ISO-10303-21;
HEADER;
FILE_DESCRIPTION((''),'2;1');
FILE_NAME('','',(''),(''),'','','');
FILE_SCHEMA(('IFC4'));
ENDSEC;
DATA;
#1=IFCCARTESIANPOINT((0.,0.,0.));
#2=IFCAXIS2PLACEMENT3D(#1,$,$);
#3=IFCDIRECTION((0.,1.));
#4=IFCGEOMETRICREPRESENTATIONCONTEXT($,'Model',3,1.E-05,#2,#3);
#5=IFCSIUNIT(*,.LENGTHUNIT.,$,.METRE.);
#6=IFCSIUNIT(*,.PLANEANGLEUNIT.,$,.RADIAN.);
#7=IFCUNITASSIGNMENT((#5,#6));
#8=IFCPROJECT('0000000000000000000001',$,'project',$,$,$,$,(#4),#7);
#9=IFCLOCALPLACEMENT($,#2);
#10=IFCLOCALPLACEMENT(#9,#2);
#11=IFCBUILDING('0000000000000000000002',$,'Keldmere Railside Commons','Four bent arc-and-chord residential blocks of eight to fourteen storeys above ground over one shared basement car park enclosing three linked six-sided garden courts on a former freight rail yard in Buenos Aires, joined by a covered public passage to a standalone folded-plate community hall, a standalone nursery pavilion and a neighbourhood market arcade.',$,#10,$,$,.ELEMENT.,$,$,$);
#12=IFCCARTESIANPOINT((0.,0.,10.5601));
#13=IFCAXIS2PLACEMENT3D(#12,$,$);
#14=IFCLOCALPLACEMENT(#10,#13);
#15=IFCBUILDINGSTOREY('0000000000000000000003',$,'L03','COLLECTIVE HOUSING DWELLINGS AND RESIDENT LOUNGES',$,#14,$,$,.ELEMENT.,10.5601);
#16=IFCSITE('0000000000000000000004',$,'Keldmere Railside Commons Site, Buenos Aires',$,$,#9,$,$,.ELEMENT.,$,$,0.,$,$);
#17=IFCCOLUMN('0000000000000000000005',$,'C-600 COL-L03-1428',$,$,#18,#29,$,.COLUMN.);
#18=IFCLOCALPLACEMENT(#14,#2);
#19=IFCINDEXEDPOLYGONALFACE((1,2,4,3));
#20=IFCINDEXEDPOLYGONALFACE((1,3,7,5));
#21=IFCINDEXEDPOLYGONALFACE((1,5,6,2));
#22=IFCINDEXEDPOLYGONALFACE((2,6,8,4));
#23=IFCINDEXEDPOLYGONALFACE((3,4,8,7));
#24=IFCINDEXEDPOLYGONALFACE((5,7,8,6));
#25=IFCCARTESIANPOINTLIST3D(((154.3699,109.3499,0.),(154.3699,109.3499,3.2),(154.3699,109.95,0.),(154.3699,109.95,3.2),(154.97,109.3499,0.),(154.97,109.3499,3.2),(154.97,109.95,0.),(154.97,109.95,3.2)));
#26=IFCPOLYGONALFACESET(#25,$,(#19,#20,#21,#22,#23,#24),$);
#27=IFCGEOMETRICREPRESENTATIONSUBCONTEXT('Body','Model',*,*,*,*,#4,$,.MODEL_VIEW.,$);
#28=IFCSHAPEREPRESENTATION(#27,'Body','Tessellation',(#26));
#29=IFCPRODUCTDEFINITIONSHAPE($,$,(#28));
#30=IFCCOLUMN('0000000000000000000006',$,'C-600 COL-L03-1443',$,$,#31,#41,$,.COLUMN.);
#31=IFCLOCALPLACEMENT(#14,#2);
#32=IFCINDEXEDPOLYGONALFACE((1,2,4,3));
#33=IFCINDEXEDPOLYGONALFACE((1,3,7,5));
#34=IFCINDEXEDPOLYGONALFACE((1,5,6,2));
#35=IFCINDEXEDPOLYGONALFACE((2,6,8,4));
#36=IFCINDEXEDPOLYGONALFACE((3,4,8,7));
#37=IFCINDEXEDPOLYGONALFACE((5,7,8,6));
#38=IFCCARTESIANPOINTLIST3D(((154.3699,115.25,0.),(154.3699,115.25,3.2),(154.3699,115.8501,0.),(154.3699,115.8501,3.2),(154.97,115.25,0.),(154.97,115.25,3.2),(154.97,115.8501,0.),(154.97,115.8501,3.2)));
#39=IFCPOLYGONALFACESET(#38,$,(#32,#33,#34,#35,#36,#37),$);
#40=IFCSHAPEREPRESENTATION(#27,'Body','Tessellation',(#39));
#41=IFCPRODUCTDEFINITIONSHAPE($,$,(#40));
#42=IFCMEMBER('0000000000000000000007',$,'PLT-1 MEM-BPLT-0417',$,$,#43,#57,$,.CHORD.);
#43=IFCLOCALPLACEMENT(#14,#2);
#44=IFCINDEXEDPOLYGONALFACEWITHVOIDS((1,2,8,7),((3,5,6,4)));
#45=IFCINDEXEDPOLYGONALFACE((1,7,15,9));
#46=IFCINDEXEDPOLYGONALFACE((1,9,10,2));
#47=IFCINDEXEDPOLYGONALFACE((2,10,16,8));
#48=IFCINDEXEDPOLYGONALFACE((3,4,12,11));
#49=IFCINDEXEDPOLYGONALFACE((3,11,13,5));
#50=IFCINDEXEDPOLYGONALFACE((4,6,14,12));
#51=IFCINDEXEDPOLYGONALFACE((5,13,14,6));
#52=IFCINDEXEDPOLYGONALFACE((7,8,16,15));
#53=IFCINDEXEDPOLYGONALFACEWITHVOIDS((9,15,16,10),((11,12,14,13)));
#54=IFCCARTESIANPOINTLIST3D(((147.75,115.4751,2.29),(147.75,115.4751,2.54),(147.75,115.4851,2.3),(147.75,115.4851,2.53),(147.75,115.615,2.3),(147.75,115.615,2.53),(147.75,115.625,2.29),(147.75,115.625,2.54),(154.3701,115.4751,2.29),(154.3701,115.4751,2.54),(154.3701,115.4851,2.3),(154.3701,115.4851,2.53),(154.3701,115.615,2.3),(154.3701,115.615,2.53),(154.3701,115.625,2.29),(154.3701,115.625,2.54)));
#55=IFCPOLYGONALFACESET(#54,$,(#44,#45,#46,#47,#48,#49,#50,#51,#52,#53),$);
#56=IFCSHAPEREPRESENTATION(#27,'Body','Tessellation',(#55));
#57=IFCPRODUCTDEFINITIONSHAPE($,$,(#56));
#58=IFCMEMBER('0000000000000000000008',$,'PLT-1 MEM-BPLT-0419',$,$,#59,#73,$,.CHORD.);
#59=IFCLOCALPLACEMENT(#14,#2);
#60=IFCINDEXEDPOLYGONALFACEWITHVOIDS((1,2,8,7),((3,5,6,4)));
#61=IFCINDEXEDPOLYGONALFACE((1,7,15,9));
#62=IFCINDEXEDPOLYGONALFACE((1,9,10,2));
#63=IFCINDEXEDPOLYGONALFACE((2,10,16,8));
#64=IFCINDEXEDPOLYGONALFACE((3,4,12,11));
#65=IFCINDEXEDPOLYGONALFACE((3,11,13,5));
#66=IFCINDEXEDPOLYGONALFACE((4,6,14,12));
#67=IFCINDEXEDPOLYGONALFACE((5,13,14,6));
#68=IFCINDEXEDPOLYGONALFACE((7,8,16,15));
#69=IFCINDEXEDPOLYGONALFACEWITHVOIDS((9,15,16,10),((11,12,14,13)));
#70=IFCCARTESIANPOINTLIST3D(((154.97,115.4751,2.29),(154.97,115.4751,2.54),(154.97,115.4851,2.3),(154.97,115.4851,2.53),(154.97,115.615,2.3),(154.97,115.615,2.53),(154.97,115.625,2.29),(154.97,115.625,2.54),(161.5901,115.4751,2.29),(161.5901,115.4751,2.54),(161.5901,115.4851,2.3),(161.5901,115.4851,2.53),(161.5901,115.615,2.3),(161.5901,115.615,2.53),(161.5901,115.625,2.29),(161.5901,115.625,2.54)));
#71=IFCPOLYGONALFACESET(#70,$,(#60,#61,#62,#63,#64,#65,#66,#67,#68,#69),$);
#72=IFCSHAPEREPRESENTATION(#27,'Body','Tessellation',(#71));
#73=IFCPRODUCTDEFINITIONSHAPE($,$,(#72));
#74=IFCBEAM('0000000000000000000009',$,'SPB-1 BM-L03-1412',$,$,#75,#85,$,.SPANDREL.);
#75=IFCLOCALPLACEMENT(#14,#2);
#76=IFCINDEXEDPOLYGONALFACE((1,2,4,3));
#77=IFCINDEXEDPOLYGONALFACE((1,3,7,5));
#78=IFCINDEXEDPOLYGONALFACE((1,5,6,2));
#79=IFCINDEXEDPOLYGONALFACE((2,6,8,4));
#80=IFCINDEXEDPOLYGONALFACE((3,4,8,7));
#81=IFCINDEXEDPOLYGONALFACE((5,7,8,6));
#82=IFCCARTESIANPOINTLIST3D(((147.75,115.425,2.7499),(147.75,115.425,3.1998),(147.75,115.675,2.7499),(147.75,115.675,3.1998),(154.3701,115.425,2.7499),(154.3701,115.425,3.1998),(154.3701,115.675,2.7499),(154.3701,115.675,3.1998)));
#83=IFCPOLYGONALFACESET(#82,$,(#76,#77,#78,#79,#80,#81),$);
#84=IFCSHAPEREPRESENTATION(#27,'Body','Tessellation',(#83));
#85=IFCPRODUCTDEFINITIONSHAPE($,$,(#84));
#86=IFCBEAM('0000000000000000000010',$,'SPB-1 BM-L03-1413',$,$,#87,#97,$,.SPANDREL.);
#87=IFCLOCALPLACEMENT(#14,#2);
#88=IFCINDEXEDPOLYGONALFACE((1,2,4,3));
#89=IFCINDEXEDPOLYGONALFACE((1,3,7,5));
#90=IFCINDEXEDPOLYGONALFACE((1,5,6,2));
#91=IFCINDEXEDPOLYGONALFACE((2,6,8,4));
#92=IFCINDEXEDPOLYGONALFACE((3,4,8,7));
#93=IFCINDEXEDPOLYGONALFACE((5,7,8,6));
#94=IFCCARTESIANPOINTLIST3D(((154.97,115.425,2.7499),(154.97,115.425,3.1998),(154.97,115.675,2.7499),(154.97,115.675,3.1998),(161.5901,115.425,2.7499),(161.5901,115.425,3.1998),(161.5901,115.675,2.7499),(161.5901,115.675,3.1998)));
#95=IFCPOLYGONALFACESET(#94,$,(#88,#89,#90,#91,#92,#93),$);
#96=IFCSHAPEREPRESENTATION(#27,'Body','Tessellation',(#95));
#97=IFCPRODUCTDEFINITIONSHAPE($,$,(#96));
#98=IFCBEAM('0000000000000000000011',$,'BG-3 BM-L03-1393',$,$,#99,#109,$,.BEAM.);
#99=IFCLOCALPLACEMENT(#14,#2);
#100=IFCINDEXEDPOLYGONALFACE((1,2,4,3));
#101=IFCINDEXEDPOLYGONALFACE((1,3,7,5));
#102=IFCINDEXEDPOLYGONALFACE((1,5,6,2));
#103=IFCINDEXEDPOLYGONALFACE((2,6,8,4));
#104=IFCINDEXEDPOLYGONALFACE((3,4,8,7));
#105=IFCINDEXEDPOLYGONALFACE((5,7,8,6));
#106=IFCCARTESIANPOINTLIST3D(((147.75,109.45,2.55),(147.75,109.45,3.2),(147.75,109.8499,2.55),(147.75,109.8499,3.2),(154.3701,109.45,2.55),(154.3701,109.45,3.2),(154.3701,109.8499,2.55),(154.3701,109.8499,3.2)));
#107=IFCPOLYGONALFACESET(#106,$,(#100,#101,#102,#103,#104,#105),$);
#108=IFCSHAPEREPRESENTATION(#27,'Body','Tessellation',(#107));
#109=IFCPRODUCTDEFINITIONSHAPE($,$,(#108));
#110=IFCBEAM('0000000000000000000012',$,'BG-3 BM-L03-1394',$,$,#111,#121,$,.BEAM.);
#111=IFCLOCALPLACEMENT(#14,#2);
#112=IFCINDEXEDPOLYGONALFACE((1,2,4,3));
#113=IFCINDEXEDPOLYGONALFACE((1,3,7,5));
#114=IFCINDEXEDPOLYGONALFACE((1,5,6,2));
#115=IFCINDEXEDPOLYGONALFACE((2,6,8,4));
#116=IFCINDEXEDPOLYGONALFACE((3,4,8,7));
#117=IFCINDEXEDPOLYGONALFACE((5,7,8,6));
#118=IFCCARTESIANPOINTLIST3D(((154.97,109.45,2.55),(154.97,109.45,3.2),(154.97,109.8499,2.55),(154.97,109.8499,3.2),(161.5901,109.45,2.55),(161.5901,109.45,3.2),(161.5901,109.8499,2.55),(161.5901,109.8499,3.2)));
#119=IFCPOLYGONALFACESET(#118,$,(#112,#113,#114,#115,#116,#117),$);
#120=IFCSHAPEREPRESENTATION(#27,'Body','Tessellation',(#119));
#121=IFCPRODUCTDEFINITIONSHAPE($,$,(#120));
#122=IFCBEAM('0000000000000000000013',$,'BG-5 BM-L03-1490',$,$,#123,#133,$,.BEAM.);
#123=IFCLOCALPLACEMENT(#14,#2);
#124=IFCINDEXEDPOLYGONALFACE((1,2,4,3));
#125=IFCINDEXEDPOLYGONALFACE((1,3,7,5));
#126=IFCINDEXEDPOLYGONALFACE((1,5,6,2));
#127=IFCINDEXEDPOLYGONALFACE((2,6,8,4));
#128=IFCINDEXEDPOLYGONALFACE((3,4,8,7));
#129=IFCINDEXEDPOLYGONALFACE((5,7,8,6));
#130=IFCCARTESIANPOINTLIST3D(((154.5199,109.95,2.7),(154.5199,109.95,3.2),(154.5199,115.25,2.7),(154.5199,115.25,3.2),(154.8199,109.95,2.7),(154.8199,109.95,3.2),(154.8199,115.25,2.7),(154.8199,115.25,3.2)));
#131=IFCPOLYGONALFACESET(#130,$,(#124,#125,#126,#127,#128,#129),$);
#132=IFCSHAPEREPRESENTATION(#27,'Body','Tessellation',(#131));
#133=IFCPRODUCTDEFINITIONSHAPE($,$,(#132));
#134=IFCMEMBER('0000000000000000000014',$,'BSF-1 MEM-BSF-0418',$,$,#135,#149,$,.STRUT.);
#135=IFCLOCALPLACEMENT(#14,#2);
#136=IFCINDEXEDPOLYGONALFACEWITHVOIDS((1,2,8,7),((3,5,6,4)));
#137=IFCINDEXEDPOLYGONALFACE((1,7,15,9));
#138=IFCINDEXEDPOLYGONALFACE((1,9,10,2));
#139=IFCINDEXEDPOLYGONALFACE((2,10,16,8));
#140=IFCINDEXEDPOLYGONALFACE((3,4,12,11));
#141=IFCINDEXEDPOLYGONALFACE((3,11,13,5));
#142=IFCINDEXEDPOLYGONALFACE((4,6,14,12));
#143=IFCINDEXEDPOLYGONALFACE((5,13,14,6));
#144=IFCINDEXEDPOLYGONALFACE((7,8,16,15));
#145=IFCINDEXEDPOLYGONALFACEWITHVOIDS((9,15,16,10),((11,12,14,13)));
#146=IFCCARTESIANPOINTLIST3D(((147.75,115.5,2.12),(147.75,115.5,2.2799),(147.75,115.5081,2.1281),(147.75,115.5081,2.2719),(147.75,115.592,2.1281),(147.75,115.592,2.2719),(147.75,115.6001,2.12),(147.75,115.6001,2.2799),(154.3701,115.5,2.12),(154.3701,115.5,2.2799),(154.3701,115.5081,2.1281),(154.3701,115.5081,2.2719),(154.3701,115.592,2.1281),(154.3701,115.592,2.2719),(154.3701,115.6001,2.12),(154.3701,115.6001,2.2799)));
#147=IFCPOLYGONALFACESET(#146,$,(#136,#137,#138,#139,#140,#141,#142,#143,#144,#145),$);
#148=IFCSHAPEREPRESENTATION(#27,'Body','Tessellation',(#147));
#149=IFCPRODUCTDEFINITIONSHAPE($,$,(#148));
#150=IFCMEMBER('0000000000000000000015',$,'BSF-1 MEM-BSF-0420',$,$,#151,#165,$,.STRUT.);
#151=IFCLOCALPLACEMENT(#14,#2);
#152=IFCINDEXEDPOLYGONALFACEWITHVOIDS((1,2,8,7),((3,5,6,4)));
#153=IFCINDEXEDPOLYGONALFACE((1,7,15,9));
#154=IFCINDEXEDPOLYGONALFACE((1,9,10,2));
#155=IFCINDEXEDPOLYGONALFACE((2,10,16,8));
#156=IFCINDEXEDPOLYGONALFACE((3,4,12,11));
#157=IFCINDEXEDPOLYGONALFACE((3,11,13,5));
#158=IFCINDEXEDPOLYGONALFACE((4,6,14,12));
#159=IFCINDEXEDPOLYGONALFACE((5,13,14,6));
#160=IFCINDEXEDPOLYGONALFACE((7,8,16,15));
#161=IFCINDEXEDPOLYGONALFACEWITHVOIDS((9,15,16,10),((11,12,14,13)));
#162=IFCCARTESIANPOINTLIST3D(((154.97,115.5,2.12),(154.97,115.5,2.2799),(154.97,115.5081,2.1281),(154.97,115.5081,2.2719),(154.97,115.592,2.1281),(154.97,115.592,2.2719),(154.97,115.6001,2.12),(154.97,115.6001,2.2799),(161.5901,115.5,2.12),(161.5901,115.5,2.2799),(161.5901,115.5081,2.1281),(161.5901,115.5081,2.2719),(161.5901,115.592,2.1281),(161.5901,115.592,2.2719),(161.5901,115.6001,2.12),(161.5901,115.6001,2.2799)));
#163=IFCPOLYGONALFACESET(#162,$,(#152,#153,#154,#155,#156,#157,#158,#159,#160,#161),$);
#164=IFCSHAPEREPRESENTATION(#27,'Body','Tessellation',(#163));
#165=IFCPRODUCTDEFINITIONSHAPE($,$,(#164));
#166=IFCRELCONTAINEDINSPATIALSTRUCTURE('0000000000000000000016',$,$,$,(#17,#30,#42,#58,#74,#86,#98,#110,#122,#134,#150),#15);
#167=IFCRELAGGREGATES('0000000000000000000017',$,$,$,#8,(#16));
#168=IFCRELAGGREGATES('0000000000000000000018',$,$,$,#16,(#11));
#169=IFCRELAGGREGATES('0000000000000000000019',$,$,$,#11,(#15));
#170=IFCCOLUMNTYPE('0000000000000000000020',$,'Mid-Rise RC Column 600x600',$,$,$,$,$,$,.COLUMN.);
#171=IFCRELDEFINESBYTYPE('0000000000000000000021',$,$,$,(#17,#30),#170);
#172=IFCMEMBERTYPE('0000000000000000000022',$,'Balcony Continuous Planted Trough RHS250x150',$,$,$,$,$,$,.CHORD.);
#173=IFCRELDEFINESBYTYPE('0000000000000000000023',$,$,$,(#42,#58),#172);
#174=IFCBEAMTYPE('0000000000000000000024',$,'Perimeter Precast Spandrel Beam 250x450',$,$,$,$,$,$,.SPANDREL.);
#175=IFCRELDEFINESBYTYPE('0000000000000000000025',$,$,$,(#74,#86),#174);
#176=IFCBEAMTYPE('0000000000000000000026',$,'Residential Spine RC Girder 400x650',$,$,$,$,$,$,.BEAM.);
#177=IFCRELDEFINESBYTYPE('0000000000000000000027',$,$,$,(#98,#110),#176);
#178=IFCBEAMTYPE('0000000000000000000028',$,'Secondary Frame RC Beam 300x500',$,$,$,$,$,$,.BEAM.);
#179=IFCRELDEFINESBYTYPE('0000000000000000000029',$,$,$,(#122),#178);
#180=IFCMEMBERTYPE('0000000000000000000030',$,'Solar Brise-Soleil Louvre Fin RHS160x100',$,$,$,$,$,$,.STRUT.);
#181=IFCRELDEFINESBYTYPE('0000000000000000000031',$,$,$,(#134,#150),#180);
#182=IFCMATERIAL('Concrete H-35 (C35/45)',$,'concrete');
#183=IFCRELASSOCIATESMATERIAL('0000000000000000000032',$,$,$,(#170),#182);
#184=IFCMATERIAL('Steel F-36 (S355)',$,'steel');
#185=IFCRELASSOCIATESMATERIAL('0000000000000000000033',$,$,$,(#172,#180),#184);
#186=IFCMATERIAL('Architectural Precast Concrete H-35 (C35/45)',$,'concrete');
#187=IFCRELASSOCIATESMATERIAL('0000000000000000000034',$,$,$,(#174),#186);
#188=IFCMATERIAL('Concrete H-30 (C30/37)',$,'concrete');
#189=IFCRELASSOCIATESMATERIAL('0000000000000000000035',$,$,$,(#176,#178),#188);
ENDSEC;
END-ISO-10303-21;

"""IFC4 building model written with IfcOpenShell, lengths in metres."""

from ifc_helpers import new_model, si_unit, direction, frame, origin, origin_2d, place, context, subcontext, project, spatial, rectangle, hollow_rectangle, extrude, material, material_profile, profile_set, type_object, element, save


model = new_model("IFC4")

# Units and contexts
model_context = context("Model", 3, precision=1e-05, world=origin(), true_north=direction((0.0, 1.0)))
body_context = subcontext(model_context, "Body", "Model", "MODEL_VIEW")
ifc_project = project(units=[si_unit("LENGTHUNIT", "METRE"), si_unit("PLANEANGLEUNIT", "RADIAN")], contexts=[model_context])

# Site, building, storey
site_placement = place(None, origin())
site = spatial("IfcSite", under=ifc_project, at=site_placement, Name="Keldmere Railside Commons Site, Buenos Aires", CompositionType="ELEMENT", RefElevation=0.0)
building_placement = place(site_placement, origin())
building = spatial("IfcBuilding", under=site, at=building_placement, Name="Keldmere Railside Commons", Description="Four bent arc-and-chord residential blocks of eight to fourteen storeys above ground over one shared basement car park enclosing three linked six-sided garden courts on a former freight rail yard in Buenos Aires, joined by a covered public passage to a standalone folded-plate community hall, a standalone nursery pavilion and a neighbourhood market arcade.", CompositionType="ELEMENT")
storey_placement = place(building_placement, frame((0.0, 0.0, 10.5601)))
storey = spatial("IfcBuildingStorey", under=building, at=storey_placement, Name="L03", Description="COLLECTIVE HOUSING DWELLINGS AND RESIDENT LOUNGES", CompositionType="ELEMENT", Elevation=10.5601)

# Columns
ifc_material_1 = material(Name="Concrete H-35 (C35/45)", Category="concrete")
ifc_material_profile_1 = material_profile(ifc_material_1, rectangle(XDim=0.6001, YDim=0.6001, at=origin_2d()), Name="RC-600x600")
ifc_profile_set_1 = profile_set([ifc_material_profile_1], Name="Concrete H-35 (C35/45)")
column_type = type_object("IfcColumnType", Name="Mid-Rise RC Column 600x600", PredefinedType="COLUMN", material=ifc_profile_set_1)
for number, where, z_axis, x_axis, name in (
    (1, (154.6699, 109.6499, 0.0), (0.0, 0.0, 1.0), (1.0, 0.0, 0.0), "C-600 COL-L03-1428"),
    (2, (154.6699, 115.55, 0.0), (0.0, 0.0, 1.0), (1.0, 0.0, 0.0), "C-600 COL-L03-1443"),
):
    element("IfcColumn", number, at=place(storey_placement, frame(where, z_axis=z_axis, x_axis=x_axis)), inside=storey, type_object=column_type, Name=name, PredefinedType="COLUMN", context=body_context, shape_type="SweptSolid", body=[
        extrude(rectangle(XDim=0.6001, YDim=0.6001, at=origin_2d()), origin(), (0.0, 0.0, 1.0), 3.2),
    ])

# Members
ifc_material_2 = material(Name="Steel F-36 (S355)", Category="steel")
ifc_material_profile_2 = material_profile(ifc_material_2, hollow_rectangle(XDim=0.1499, YDim=0.25, WallThickness=0.01, at=origin_2d()), Name="RHS-250x150x10")
ifc_profile_set_2 = profile_set([ifc_material_profile_2], Name="Steel F-36 (S355)")
member_type_1 = type_object("IfcMemberType", Name="Balcony Continuous Planted Trough RHS250x150", PredefinedType="CHORD", material=ifc_profile_set_2)
for number, where, z_axis, x_axis, name in (
    (3, (147.75, 115.55, 2.415), (1.0, 0.0, 0.0), (0.0, 1.0, 0.0), "PLT-1 MEM-BPLT-0417"),
    (4, (154.97, 115.55, 2.415), (1.0, 0.0, 0.0), (0.0, 1.0, 0.0), "PLT-1 MEM-BPLT-0419"),
):
    element("IfcMember", number, at=place(storey_placement, frame(where, z_axis=z_axis, x_axis=x_axis)), inside=storey, type_object=member_type_1, Name=name, PredefinedType="CHORD", context=body_context, shape_type="SweptSolid", body=[
        extrude(hollow_rectangle(XDim=0.1499, YDim=0.25, WallThickness=0.01, at=origin_2d()), origin(), (0.0, 0.0, 1.0), 6.6201),
    ])

# Beams
ifc_material_3 = material(Name="Architectural Precast Concrete H-35 (C35/45)", Category="concrete")
ifc_material_profile_3 = material_profile(ifc_material_3, rectangle(XDim=0.25, YDim=0.45, at=origin_2d()), Name="RC-250x450")
ifc_profile_set_3 = profile_set([ifc_material_profile_3], Name="Architectural Precast Concrete H-35 (C35/45)")
beam_type_1 = type_object("IfcBeamType", Name="Perimeter Precast Spandrel Beam 250x450", PredefinedType="SPANDREL", material=ifc_profile_set_3)
for number, where, z_axis, x_axis, name in (
    (5, (147.75, 115.55, 2.9749), (1.0, 0.0, 0.0), (0.0, 1.0, 0.0), "SPB-1 BM-L03-1412"),
    (6, (154.97, 115.55, 2.9749), (1.0, 0.0, 0.0), (0.0, 1.0, 0.0), "SPB-1 BM-L03-1413"),
):
    element("IfcBeam", number, at=place(storey_placement, frame(where, z_axis=z_axis, x_axis=x_axis)), inside=storey, type_object=beam_type_1, Name=name, PredefinedType="SPANDREL", context=body_context, shape_type="SweptSolid", body=[
        extrude(rectangle(XDim=0.25, YDim=0.45, at=origin_2d()), origin(), (0.0, 0.0, 1.0), 6.6201),
    ])
ifc_material_4 = material(Name="Concrete H-30 (C30/37)", Category="concrete")
ifc_material_profile_4 = material_profile(ifc_material_4, rectangle(XDim=0.3999, YDim=0.6499, at=origin_2d()), Name="RC-400x650")
ifc_profile_set_4 = profile_set([ifc_material_profile_4], Name="Concrete H-30 (C30/37)")
beam_type_2 = type_object("IfcBeamType", Name="Residential Spine RC Girder 400x650", PredefinedType="BEAM", material=ifc_profile_set_4)
for number, where, z_axis, x_axis, name in (
    (7, (147.75, 109.6499, 2.875), (1.0, 0.0, 0.0), (0.0, 1.0, 0.0), "BG-3 BM-L03-1393"),
    (8, (154.97, 109.6499, 2.875), (1.0, 0.0, 0.0), (0.0, 1.0, 0.0), "BG-3 BM-L03-1394"),
):
    element("IfcBeam", number, at=place(storey_placement, frame(where, z_axis=z_axis, x_axis=x_axis)), inside=storey, type_object=beam_type_2, Name=name, PredefinedType="BEAM", context=body_context, shape_type="SweptSolid", body=[
        extrude(rectangle(XDim=0.3999, YDim=0.6499, at=origin_2d()), origin(), (0.0, 0.0, 1.0), 6.6201),
    ])
ifc_material_profile_5 = material_profile(ifc_material_4, rectangle(XDim=0.3, YDim=0.5, at=origin_2d()), Name="RC-300x500")
ifc_profile_set_5 = profile_set([ifc_material_profile_5], Name="Concrete H-30 (C30/37)")
beam_type_3 = type_object("IfcBeamType", Name="Secondary Frame RC Beam 300x500", PredefinedType="BEAM", material=ifc_profile_set_5)
beam_placement = place(storey_placement, frame((154.6699, 109.95, 2.95), z_axis=(0.0, 1.0, 0.0), x_axis=(-1.0, 0.0, 0.0)))
element("IfcBeam", 9, at=beam_placement, inside=storey, type_object=beam_type_3, Name="BG-5 BM-L03-1490", PredefinedType="BEAM", context=body_context, shape_type="SweptSolid", body=[
    extrude(rectangle(XDim=0.3, YDim=0.5, at=origin_2d()), origin(), (0.0, 0.0, 1.0), 5.3),
])

# Members
ifc_material_profile_6 = material_profile(ifc_material_2, hollow_rectangle(XDim=0.1001, YDim=0.1599, WallThickness=0.0081, at=origin_2d()), Name="RHS-160x100x8")
ifc_profile_set_6 = profile_set([ifc_material_profile_6], Name="Steel F-36 (S355)")
member_type_2 = type_object("IfcMemberType", Name="Solar Brise-Soleil Louvre Fin RHS160x100", PredefinedType="STRUT", material=ifc_profile_set_6)
for number, where, z_axis, x_axis, name in (
    (10, (147.75, 115.55, 2.2), (1.0, 0.0, 0.0), (0.0, 1.0, 0.0), "BSF-1 MEM-BSF-0418"),
    (11, (154.97, 115.55, 2.2), (1.0, 0.0, 0.0), (0.0, 1.0, 0.0), "BSF-1 MEM-BSF-0420"),
):
    element("IfcMember", number, at=place(storey_placement, frame(where, z_axis=z_axis, x_axis=x_axis)), inside=storey, type_object=member_type_2, Name=name, PredefinedType="STRUT", context=body_context, shape_type="SweptSolid", body=[
        extrude(hollow_rectangle(XDim=0.1001, YDim=0.1599, WallThickness=0.0081, at=origin_2d()), origin(), (0.0, 0.0, 1.0), 6.6201),
    ])

save(model, "model.ifc")
